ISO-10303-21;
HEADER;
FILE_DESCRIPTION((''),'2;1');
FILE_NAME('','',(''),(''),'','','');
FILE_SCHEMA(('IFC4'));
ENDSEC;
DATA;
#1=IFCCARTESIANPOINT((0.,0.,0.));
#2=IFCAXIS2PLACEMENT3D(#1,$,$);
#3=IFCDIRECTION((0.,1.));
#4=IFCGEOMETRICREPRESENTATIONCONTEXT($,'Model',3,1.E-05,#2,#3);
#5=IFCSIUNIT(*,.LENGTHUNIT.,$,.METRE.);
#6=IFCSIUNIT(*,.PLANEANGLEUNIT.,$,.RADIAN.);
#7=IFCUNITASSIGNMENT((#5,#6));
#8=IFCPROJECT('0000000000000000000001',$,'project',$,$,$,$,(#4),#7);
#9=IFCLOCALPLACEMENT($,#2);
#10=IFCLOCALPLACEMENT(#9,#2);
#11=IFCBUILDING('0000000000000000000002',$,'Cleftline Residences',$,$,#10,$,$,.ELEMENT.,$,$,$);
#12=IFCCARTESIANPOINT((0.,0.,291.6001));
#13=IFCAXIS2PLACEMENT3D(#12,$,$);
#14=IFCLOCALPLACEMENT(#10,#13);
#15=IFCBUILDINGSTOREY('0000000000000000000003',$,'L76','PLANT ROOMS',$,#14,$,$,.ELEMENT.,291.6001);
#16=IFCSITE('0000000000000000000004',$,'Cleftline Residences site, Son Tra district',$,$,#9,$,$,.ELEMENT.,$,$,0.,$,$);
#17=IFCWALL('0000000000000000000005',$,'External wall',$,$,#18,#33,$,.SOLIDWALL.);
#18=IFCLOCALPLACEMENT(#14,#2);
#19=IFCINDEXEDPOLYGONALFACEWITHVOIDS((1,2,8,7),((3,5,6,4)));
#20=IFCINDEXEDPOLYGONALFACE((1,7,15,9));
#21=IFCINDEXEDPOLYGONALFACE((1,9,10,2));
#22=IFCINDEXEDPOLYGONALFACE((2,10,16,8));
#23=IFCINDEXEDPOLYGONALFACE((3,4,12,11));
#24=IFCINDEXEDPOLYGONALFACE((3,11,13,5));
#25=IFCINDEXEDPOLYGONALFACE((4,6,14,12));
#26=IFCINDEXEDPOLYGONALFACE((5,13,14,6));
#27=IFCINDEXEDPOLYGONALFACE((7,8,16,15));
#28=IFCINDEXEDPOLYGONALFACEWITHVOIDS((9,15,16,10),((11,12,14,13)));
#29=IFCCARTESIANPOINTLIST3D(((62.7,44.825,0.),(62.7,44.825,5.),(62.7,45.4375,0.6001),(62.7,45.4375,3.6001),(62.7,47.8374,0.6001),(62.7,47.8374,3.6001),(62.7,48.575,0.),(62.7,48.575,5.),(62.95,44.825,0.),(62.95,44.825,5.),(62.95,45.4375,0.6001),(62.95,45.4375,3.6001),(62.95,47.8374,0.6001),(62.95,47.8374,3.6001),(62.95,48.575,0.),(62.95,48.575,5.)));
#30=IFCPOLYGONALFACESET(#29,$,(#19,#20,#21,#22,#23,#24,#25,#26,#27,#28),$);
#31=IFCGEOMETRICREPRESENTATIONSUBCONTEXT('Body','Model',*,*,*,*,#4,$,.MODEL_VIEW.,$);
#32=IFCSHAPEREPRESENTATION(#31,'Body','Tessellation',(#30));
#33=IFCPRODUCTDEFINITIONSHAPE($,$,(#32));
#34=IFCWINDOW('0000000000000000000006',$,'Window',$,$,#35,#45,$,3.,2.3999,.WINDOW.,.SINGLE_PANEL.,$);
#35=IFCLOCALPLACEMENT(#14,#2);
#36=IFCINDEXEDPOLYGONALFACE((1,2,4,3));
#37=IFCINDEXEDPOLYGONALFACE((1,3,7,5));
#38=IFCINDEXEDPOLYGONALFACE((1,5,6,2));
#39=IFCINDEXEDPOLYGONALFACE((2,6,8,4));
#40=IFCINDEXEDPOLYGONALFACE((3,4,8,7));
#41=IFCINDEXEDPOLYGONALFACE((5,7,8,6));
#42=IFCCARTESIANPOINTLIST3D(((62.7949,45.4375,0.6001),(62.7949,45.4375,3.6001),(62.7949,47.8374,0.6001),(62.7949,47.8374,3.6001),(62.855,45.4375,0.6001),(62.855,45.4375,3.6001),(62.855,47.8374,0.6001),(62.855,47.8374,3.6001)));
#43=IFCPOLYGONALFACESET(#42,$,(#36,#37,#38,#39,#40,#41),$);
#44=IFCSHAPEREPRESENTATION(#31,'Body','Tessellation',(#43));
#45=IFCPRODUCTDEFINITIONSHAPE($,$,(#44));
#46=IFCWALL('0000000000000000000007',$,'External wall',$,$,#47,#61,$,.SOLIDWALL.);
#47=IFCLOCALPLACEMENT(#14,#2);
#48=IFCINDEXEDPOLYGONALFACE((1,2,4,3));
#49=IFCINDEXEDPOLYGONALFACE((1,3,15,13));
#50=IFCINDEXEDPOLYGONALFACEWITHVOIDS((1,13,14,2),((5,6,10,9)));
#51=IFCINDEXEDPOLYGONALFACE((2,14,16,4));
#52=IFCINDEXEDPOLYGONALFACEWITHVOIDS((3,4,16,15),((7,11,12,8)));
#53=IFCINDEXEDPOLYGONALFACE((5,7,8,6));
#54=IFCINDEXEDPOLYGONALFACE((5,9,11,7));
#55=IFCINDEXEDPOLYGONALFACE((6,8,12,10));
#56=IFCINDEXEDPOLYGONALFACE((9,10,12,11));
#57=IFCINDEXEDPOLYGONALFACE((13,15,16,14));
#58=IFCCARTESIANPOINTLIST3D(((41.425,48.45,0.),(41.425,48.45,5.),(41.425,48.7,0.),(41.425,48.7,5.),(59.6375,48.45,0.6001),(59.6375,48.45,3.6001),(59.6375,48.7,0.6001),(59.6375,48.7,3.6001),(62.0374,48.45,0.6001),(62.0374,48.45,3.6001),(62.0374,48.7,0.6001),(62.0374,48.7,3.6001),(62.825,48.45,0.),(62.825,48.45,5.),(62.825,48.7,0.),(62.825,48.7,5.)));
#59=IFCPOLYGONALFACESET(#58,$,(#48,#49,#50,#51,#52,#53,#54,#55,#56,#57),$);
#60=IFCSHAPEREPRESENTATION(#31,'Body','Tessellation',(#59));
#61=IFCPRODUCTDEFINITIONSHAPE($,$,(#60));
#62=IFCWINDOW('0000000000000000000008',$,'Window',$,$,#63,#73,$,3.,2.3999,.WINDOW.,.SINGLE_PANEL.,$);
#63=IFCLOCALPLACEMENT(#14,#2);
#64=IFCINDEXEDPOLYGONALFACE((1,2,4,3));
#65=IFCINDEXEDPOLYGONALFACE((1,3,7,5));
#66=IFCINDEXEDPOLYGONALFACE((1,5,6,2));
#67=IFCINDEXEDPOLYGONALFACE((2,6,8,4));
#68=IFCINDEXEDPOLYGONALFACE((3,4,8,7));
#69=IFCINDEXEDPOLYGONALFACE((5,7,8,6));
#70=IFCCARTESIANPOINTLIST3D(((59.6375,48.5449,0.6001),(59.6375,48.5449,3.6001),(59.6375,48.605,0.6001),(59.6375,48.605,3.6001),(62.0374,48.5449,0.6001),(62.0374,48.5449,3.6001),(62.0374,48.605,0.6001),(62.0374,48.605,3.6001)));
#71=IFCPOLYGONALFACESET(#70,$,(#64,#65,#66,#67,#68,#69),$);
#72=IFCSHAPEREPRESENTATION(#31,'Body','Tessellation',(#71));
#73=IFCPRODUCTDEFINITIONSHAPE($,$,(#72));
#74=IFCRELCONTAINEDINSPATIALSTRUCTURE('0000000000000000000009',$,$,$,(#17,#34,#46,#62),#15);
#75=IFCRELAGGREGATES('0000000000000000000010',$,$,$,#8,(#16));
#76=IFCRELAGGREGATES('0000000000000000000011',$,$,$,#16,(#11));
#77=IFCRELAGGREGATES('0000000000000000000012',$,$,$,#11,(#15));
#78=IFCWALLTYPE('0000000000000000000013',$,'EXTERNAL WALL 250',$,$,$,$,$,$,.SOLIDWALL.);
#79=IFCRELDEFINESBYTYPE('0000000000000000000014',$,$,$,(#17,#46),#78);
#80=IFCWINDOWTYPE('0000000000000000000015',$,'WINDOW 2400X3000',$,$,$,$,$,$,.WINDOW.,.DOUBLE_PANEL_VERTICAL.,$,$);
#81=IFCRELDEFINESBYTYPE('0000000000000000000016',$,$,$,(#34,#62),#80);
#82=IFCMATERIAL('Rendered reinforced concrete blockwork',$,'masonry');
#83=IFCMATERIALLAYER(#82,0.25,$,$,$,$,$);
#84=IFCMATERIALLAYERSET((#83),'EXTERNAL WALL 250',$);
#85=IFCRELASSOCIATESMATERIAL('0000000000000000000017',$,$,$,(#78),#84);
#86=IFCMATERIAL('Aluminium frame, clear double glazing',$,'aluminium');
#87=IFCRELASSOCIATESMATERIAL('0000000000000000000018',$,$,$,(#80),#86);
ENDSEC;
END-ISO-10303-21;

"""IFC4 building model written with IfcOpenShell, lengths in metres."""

from ifc_helpers import new_model, si_unit, direction, frame, frame_2d, origin, place, context, subcontext, project, spatial, rectangle, extrude, material, layer, layer_set, type_object, element, fill, save


model = new_model("IFC4")

# Units and contexts
model_context = context("Model", 3, precision=1e-05, world=origin(), true_north=direction((0.0, 1.0)))
body_context = subcontext(model_context, "Body", "Model", "MODEL_VIEW")
ifc_project = project(units=[si_unit("LENGTHUNIT", "METRE"), si_unit("PLANEANGLEUNIT", "RADIAN")], contexts=[model_context])

# Site, building, storey
site_placement = place(None, origin())
site = spatial("IfcSite", under=ifc_project, at=site_placement, Name="Cleftline Residences site, Son Tra district", CompositionType="ELEMENT", RefElevation=0.0)
building_placement = place(site_placement, origin())
building = spatial("IfcBuilding", under=site, at=building_placement, Name="Cleftline Residences", CompositionType="ELEMENT")
storey_placement = place(building_placement, frame((0.0, 0.0, 291.6001)))
storey = spatial("IfcBuildingStorey", under=building, at=storey_placement, Name="L76", Description="PLANT ROOMS", CompositionType="ELEMENT", Elevation=291.6001)

# Walls, openings, windows
ifc_material_1 = material(Name="Rendered reinforced concrete blockwork", Category="masonry")
ifc_layer = layer(ifc_material_1, 0.25)
ifc_layer_set = layer_set([ifc_layer], Name="EXTERNAL WALL 250")
wall_type = type_object("IfcWallType", Name="EXTERNAL WALL 250", PredefinedType="SOLIDWALL", material=ifc_layer_set)
ifc_material_2 = material(Name="Aluminium frame, clear double glazing", Category="aluminium")
window_type = type_object("IfcWindowType", Name="WINDOW 2400X3000", PartitioningType="DOUBLE_PANEL_VERTICAL", PredefinedType="WINDOW", material=ifc_material_2)
wall_1_placement = place(storey_placement, frame((62.825, 44.825, 0.0), z_axis=(0.0, 0.0, 1.0), x_axis=(0.0, 1.0, 0.0)))
wall_1 = element("IfcWall", 1, at=wall_1_placement, inside=storey, type_object=wall_type, Name="External wall", PredefinedType="SOLIDWALL", context=body_context, shape_type="SweptSolid", body=[
    extrude(rectangle(XDim=3.75, YDim=0.25, at=frame_2d((1.875, 0.0))), origin(), (0.0, 0.0, 1.0), 5.0),
])
opening_1_placement = place(wall_1_placement, frame((0.6125, 0.0, 0.6001)))
opening_1 = element("IfcOpeningElement", 2, at=opening_1_placement, cuts=wall_1, PredefinedType="OPENING", context=body_context, shape_type="SweptSolid", body=[
    extrude(rectangle(XDim=2.3999, YDim=3.0, at=frame_2d((1.2, 1.5))), frame((0.0, 0.135, 0.0), z_axis=(0.0, -1.0, 0.0), x_axis=(1.0, 0.0, 0.0)), (0.0, 0.0, 1.0), 0.27),
])
window_1_placement = place(opening_1_placement, origin())
window_1 = element("IfcWindow", 3, at=window_1_placement, inside=storey, type_object=window_type, Name="Window", OverallHeight=3.0, OverallWidth=2.3999, PartitioningType="SINGLE_PANEL", PredefinedType="WINDOW", context=body_context, shape_type="SweptSolid", body=[
    extrude(rectangle(XDim=2.3999, YDim=3.0, at=frame_2d((1.2, 1.5))), frame((0.0, 0.03, 0.0), z_axis=(0.0, -1.0, 0.0), x_axis=(1.0, 0.0, 0.0)), (0.0, 0.0, 1.0), 0.0601),
])
fill(opening_1, window_1)
wall_2_placement = place(storey_placement, frame((62.825, 48.575, 0.0), z_axis=(0.0, 0.0, 1.0), x_axis=(-1.0, 0.0, 0.0)))
wall_2 = element("IfcWall", 4, at=wall_2_placement, inside=storey, type_object=wall_type, Name="External wall", PredefinedType="SOLIDWALL", context=body_context, shape_type="SweptSolid", body=[
    extrude(rectangle(XDim=21.3999, YDim=0.25, at=frame_2d((10.7, 0.0))), origin(), (0.0, 0.0, 1.0), 5.0),
])
opening_2_placement = place(wall_2_placement, frame((0.7876, 0.0, 0.6001)))
opening_2 = element("IfcOpeningElement", 5, at=opening_2_placement, cuts=wall_2, PredefinedType="OPENING", context=body_context, shape_type="SweptSolid", body=[
    extrude(rectangle(XDim=2.3999, YDim=3.0, at=frame_2d((1.2, 1.5))), frame((0.0, 0.135, 0.0), z_axis=(0.0, -1.0, 0.0), x_axis=(1.0, 0.0, 0.0)), (0.0, 0.0, 1.0), 0.27),
])
window_2_placement = place(opening_2_placement, origin())
window_2 = element("IfcWindow", 6, at=window_2_placement, inside=storey, type_object=window_type, Name="Window", OverallHeight=3.0, OverallWidth=2.3999, PartitioningType="SINGLE_PANEL", PredefinedType="WINDOW", context=body_context, shape_type="SweptSolid", body=[
    extrude(rectangle(XDim=2.3999, YDim=3.0, at=frame_2d((1.2, 1.5))), frame((0.0, 0.03, 0.0), z_axis=(0.0, -1.0, 0.0), x_axis=(1.0, 0.0, 0.0)), (0.0, 0.0, 1.0), 0.0601),
])
fill(opening_2, window_2)

save(model, "model.ifc")
